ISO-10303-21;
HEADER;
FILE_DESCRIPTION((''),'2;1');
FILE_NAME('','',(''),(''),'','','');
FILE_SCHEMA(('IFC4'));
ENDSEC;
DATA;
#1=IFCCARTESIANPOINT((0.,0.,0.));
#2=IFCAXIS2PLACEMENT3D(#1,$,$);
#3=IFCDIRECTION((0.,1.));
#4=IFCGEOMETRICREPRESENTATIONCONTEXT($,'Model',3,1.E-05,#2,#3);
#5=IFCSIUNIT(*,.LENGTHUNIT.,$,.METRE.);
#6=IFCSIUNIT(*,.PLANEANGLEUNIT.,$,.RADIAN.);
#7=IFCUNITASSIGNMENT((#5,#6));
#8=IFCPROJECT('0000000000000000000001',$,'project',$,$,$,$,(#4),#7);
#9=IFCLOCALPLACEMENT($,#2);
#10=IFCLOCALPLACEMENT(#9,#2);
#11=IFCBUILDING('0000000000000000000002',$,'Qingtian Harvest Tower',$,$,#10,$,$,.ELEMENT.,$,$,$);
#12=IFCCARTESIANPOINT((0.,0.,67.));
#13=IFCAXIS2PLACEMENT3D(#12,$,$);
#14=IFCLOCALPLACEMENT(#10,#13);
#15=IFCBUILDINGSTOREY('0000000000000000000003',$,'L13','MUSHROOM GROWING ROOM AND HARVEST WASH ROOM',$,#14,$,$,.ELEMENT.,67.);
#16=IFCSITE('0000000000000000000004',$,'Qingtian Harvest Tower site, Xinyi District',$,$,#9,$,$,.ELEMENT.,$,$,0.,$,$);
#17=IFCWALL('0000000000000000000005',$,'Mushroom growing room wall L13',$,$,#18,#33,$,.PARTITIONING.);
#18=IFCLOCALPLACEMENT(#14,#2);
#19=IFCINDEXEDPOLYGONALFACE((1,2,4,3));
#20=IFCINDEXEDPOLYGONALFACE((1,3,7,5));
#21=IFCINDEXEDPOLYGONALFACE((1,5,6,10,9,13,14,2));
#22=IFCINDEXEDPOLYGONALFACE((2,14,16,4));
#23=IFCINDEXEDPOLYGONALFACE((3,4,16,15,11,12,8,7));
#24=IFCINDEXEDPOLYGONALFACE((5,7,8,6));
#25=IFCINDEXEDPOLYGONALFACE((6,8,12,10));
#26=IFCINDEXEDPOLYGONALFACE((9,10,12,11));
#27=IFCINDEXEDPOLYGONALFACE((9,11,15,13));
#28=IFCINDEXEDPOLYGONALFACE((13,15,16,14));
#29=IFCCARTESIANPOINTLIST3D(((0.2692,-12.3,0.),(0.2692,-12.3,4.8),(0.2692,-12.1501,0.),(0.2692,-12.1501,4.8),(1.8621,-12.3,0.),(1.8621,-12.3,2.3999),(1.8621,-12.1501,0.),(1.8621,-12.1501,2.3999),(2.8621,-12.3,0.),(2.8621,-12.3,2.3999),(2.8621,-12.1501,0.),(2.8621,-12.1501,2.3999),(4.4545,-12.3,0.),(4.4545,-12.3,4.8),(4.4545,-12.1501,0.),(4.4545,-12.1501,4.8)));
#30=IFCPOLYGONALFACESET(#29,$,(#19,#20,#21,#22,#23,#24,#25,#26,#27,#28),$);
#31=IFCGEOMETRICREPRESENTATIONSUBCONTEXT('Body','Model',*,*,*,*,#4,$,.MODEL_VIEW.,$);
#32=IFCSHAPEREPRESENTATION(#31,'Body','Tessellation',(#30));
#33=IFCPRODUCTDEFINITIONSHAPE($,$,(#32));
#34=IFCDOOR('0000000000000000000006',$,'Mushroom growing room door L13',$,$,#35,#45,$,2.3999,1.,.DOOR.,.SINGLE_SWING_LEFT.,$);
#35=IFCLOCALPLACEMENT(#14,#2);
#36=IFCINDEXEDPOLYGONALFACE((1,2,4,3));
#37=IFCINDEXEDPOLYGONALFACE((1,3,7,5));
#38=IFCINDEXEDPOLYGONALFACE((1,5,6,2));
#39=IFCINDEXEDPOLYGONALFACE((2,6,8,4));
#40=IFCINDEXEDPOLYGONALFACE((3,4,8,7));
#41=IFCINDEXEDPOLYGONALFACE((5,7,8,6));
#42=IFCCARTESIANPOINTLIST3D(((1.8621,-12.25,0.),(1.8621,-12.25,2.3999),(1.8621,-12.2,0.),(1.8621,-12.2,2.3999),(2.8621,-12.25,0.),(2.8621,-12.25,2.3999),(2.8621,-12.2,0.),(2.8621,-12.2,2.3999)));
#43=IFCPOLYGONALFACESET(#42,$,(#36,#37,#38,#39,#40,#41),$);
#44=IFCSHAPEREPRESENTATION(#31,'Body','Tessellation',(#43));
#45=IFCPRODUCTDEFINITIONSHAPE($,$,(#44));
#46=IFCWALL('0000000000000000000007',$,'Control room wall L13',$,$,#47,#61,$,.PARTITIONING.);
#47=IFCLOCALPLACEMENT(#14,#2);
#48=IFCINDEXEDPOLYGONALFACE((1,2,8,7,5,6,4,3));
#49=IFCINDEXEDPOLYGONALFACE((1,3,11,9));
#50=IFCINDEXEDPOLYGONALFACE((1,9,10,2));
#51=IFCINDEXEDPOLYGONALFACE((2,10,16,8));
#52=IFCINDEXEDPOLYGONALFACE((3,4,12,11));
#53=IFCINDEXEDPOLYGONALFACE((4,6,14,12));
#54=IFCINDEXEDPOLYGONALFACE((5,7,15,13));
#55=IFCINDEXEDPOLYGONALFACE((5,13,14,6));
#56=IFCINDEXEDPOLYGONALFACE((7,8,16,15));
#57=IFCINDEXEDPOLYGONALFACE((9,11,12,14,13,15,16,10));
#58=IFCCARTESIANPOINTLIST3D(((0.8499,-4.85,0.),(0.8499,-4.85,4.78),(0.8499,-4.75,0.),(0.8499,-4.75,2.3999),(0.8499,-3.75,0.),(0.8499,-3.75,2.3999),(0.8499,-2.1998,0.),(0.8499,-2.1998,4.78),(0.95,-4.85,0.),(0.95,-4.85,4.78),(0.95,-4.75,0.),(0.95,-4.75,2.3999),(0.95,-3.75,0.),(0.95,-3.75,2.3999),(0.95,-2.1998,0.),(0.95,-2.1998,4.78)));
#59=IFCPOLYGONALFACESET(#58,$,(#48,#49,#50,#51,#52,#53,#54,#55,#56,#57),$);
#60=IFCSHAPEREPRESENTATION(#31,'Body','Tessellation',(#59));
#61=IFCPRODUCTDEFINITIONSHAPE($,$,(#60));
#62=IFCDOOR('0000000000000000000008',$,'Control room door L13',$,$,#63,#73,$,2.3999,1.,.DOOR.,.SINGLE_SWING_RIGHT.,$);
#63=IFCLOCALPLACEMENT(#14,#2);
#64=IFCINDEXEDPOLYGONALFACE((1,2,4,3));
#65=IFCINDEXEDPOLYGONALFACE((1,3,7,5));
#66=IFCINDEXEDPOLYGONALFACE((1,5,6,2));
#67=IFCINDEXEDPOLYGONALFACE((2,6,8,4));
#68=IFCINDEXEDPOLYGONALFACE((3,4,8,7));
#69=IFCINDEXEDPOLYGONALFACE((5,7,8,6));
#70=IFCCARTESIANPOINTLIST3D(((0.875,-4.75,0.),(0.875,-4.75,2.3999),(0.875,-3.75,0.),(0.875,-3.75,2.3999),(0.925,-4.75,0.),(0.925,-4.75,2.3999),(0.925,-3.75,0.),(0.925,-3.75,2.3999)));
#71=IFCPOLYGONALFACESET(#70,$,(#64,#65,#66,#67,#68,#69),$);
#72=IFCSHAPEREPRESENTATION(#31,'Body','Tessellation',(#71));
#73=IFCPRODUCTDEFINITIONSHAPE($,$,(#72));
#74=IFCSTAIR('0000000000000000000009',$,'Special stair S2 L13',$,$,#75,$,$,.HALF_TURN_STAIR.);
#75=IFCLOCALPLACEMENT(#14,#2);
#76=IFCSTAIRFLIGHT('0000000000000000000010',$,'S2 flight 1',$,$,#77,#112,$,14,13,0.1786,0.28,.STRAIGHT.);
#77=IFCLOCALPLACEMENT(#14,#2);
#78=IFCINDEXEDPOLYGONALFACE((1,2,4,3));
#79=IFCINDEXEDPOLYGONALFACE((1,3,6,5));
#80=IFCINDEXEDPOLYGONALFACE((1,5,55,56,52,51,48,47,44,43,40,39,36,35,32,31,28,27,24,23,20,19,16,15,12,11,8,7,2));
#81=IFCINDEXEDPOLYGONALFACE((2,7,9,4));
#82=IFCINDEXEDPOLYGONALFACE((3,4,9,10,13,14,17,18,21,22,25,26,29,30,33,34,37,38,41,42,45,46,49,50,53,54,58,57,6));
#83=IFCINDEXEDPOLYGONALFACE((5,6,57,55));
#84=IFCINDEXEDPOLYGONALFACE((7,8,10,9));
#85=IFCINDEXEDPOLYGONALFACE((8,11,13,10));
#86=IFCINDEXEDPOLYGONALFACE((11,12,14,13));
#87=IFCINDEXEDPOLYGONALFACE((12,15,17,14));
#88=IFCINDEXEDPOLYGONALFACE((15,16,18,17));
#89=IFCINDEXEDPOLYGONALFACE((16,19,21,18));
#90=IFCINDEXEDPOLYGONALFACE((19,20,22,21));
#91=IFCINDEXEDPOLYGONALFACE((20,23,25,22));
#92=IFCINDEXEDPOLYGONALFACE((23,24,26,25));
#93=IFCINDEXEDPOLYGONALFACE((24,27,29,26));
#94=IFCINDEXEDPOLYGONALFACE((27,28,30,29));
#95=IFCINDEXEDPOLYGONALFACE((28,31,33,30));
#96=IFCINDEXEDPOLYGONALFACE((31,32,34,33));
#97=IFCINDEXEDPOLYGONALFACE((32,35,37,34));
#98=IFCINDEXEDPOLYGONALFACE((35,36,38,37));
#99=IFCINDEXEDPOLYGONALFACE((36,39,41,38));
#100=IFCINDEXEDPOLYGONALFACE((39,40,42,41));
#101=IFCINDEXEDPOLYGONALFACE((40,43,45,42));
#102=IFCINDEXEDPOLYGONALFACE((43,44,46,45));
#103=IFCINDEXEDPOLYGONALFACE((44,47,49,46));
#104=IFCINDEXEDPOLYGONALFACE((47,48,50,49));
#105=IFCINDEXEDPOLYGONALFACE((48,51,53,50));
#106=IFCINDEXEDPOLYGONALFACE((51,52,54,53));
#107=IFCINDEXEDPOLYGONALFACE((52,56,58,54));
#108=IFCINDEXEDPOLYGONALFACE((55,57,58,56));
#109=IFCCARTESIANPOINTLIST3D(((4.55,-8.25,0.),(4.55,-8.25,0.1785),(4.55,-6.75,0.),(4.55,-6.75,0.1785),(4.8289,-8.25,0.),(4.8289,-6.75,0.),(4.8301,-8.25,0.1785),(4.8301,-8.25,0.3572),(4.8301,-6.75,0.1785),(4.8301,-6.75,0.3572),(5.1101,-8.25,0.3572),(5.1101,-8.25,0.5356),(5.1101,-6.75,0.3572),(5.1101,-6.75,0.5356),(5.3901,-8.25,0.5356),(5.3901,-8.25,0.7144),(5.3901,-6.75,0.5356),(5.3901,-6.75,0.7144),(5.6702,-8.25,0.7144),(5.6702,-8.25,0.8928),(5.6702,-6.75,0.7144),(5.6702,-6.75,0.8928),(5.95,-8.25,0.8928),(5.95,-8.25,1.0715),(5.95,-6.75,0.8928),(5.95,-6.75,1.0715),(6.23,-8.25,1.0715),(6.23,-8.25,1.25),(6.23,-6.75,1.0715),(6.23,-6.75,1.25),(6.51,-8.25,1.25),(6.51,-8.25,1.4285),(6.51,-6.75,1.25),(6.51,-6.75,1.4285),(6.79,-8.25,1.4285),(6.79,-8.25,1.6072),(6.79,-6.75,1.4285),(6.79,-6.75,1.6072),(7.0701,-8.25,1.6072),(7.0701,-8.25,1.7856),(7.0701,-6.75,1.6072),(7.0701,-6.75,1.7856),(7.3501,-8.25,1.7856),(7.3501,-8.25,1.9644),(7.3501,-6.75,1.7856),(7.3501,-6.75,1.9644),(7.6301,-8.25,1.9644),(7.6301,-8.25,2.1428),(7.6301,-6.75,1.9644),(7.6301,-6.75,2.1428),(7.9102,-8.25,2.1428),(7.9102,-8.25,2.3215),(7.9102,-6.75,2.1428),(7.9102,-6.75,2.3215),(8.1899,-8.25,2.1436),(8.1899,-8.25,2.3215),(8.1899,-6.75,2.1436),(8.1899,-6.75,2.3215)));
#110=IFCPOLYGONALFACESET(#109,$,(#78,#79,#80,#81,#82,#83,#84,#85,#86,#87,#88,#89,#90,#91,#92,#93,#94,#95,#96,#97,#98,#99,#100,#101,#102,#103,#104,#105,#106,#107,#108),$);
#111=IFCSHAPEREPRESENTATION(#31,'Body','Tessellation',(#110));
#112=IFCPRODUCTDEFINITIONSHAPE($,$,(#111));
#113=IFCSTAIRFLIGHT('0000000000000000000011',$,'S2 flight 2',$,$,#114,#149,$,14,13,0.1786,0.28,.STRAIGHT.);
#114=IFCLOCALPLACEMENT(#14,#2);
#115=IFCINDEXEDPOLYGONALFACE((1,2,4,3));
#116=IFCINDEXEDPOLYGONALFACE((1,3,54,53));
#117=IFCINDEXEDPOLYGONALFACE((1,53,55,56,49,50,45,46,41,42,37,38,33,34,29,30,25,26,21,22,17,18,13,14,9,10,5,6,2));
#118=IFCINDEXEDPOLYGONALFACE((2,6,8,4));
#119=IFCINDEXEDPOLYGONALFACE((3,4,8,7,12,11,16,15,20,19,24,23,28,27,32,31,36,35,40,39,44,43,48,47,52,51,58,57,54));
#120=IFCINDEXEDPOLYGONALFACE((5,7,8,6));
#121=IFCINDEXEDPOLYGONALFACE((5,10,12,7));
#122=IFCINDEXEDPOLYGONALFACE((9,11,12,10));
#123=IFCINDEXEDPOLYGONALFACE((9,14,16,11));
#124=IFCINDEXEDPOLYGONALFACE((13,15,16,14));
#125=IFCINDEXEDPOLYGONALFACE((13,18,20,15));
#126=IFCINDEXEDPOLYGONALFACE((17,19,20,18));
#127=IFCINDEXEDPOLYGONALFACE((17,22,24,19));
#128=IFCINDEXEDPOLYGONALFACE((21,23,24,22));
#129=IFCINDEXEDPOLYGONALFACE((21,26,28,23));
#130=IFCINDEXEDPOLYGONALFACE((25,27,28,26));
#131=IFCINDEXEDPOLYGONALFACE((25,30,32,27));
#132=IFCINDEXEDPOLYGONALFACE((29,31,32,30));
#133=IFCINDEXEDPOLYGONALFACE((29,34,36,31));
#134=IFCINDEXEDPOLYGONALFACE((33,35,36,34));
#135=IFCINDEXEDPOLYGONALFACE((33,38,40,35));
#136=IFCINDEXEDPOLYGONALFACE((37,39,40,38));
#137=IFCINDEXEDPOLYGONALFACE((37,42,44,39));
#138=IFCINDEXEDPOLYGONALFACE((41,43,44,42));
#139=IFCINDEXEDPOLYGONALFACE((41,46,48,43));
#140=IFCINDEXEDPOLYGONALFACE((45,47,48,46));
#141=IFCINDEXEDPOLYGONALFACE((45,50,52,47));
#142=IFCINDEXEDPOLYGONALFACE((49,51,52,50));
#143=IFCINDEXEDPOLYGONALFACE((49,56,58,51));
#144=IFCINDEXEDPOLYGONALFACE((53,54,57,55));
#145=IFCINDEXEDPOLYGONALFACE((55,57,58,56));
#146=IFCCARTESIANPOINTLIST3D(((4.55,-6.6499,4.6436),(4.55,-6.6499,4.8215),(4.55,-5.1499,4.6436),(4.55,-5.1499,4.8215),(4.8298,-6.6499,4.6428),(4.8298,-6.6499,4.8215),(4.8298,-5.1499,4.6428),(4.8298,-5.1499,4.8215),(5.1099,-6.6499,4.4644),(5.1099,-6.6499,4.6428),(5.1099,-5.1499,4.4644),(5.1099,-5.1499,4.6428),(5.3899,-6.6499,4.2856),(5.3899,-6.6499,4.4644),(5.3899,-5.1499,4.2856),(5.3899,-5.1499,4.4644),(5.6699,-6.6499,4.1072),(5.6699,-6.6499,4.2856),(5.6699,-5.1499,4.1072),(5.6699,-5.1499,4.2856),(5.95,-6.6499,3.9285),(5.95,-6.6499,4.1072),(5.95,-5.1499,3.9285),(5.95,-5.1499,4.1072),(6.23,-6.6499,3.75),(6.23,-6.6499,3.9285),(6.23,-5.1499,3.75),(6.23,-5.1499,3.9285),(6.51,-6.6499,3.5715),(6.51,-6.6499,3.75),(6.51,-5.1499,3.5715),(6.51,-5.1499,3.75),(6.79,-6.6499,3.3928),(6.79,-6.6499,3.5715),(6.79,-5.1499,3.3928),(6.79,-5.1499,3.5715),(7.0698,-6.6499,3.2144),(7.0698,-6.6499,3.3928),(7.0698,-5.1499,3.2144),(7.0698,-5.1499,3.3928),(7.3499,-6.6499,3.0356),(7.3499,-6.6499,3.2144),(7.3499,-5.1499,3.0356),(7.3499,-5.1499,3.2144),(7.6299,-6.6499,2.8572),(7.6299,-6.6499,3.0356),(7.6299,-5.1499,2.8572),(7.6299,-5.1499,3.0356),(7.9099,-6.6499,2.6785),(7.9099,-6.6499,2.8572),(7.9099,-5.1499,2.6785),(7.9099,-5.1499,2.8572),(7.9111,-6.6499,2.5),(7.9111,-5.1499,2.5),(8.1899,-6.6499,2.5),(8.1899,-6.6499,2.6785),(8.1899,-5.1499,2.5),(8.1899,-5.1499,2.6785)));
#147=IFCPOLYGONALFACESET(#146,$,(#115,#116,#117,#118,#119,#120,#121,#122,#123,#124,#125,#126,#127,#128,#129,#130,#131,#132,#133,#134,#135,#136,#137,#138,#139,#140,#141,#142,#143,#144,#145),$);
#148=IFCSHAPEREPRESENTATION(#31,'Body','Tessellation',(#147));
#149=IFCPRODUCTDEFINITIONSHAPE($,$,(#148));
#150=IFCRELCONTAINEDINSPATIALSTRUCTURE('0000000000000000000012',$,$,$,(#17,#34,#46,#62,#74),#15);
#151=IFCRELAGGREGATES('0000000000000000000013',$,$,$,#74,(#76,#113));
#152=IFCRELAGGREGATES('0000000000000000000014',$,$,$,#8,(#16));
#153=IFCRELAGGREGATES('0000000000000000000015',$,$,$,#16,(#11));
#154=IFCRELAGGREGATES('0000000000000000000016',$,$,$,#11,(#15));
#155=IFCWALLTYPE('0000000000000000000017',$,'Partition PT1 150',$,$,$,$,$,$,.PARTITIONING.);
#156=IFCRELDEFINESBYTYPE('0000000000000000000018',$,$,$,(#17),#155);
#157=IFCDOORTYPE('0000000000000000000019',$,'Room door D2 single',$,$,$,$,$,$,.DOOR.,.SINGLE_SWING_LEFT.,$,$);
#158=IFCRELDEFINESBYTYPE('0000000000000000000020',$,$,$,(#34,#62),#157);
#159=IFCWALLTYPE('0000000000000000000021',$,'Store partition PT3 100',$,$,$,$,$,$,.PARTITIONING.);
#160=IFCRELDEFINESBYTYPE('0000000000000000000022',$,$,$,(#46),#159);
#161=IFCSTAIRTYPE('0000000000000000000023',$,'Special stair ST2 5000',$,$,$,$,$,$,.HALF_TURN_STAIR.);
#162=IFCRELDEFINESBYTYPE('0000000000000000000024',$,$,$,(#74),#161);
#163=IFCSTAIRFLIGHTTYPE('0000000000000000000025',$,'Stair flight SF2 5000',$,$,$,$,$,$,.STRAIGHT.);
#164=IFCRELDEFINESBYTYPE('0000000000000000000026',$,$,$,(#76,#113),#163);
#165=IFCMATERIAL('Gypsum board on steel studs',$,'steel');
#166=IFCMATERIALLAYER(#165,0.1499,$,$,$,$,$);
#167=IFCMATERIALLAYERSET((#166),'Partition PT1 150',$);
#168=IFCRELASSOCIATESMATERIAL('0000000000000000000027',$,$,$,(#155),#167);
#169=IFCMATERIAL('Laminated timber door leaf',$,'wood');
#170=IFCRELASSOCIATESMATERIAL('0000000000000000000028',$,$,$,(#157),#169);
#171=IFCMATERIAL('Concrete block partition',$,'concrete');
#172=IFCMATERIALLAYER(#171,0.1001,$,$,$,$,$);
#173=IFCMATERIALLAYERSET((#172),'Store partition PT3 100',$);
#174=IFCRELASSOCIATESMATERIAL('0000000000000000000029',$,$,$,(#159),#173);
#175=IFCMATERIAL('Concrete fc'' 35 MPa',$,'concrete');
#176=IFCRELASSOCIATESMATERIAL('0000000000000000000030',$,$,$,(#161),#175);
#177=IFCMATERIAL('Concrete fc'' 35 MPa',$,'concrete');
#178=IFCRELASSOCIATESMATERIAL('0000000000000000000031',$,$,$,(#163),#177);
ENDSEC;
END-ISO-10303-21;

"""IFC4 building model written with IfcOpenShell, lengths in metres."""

from ifc_helpers import new_model, si_unit, direction, frame, frame_2d, origin, place, context, subcontext, project, spatial, polyline, rectangle, outline, extrude, material, layer, layer_set, type_object, element, fill, aggregate, save


model = new_model("IFC4")

# Units and contexts
model_context = context("Model", 3, precision=1e-05, world=origin(), true_north=direction((0.0, 1.0)))
body_context = subcontext(model_context, "Body", "Model", "MODEL_VIEW")
ifc_project = project(units=[si_unit("LENGTHUNIT", "METRE"), si_unit("PLANEANGLEUNIT", "RADIAN")], contexts=[model_context])

# Site, building, storey
site_placement = place(None, origin())
site = spatial("IfcSite", under=ifc_project, at=site_placement, Name="Qingtian Harvest Tower site, Xinyi District", CompositionType="ELEMENT", RefElevation=0.0)
building_placement = place(site_placement, origin())
building = spatial("IfcBuilding", under=site, at=building_placement, Name="Qingtian Harvest Tower", CompositionType="ELEMENT")
storey_placement = place(building_placement, frame((0.0, 0.0, 67.0)))
storey = spatial("IfcBuildingStorey", under=building, at=storey_placement, Name="L13", Description="MUSHROOM GROWING ROOM AND HARVEST WASH ROOM", CompositionType="ELEMENT", Elevation=67.0)

# Walls, openings, doors
ifc_material_1 = material(Name="Gypsum board on steel studs", Category="steel")
ifc_layer_1 = layer(ifc_material_1, 0.1499)
ifc_layer_set_1 = layer_set([ifc_layer_1], Name="Partition PT1 150")
wall_type_1 = type_object("IfcWallType", Name="Partition PT1 150", PredefinedType="PARTITIONING", material=ifc_layer_set_1)
ifc_material_2 = material(Name="Laminated timber door leaf", Category="wood")
door_type_1 = type_object("IfcDoorType", Name="Room door D2 single", OperationType="SINGLE_SWING_LEFT", PredefinedType="DOOR", material=ifc_material_2)
wall_1_placement = place(storey_placement, frame((4.4546, -12.2251, 0.0), z_axis=(0.0, 0.0, 1.0), x_axis=(-1.0, 0.0, 0.0)))
wall_1 = element("IfcWall", 1, at=wall_1_placement, inside=storey, type_object=wall_type_1, Name="Mushroom growing room wall L13", PredefinedType="PARTITIONING", context=body_context, shape_type="SweptSolid", body=[
    extrude(rectangle(XDim=4.1853, YDim=0.1499, at=frame_2d((2.0928, 0.0))), origin(), (0.0, 0.0, 1.0), 4.8),
])
opening_1_placement = place(wall_1_placement, frame((1.5925, 0.0, 0.0)))
opening_1 = element("IfcOpeningElement", 2, at=opening_1_placement, cuts=wall_1, PredefinedType="OPENING", context=body_context, shape_type="SweptSolid", body=[
    extrude(rectangle(XDim=1.0, YDim=2.3999, at=frame_2d((0.5, 1.2))), frame((0.0, 0.085, 0.0), z_axis=(0.0, -1.0, 0.0), x_axis=(1.0, 0.0, 0.0)), (0.0, 0.0, 1.0), 0.1699),
])
door_1_placement = place(opening_1_placement, origin())
door_1 = element("IfcDoor", 3, at=door_1_placement, inside=storey, type_object=door_type_1, Name="Mushroom growing room door L13", OperationType="SINGLE_SWING_LEFT", OverallHeight=2.3999, OverallWidth=1.0, PredefinedType="DOOR", context=body_context, shape_type="SweptSolid", body=[
    extrude(rectangle(XDim=1.0, YDim=2.3999, at=frame_2d((0.5, 1.2))), frame((0.0, 0.0249, 0.0), z_axis=(0.0, -1.0, 0.0), x_axis=(1.0, 0.0, 0.0)), (0.0, 0.0, 1.0), 0.05),
])
fill(opening_1, door_1)
ifc_material_3 = material(Name="Concrete block partition", Category="concrete")
ifc_layer_2 = layer(ifc_material_3, 0.1001)
ifc_layer_set_2 = layer_set([ifc_layer_2], Name="Store partition PT3 100")
wall_type_2 = type_object("IfcWallType", Name="Store partition PT3 100", PredefinedType="PARTITIONING", material=ifc_layer_set_2)
wall_2_placement = place(storey_placement, frame((0.8999, -4.8501, 0.0), z_axis=(0.0, 0.0, 1.0), x_axis=(0.0, 1.0, 0.0)))
wall_2 = element("IfcWall", 4, at=wall_2_placement, inside=storey, type_object=wall_type_2, Name="Control room wall L13", PredefinedType="PARTITIONING", context=body_context, shape_type="SweptSolid", body=[
    extrude(rectangle(XDim=2.6501, YDim=0.1001, at=frame_2d((1.3252, 0.0))), origin(), (0.0, 0.0, 1.0), 4.78),
])
opening_2_placement = place(wall_2_placement, frame((0.1001, 0.0, 0.0)))
opening_2 = element("IfcOpeningElement", 5, at=opening_2_placement, cuts=wall_2, PredefinedType="OPENING", context=body_context, shape_type="SweptSolid", body=[
    extrude(rectangle(XDim=1.0, YDim=2.3999, at=frame_2d((0.5, 1.2))), frame((0.0, 0.0601, 0.0), z_axis=(0.0, -1.0, 0.0), x_axis=(1.0, 0.0, 0.0)), (0.0, 0.0, 1.0), 0.1201),
])
door_2_placement = place(opening_2_placement, origin())
door_2 = element("IfcDoor", 6, at=door_2_placement, inside=storey, type_object=door_type_1, Name="Control room door L13", OperationType="SINGLE_SWING_RIGHT", OverallHeight=2.3999, OverallWidth=1.0, PredefinedType="DOOR", context=body_context, shape_type="SweptSolid", body=[
    extrude(rectangle(XDim=1.0, YDim=2.3999, at=frame_2d((0.5, 1.2))), frame((0.0, 0.0249, 0.0), z_axis=(0.0, -1.0, 0.0), x_axis=(1.0, 0.0, 0.0)), (0.0, 0.0, 1.0), 0.05),
])
fill(opening_2, door_2)

# Stair, stair flights
ifc_material_4 = material(Name="Concrete fc' 35 MPa", Category="concrete")
stair_type = type_object("IfcStairType", Name="Special stair ST2 5000", PredefinedType="HALF_TURN_STAIR", material=ifc_material_4)
stair_placement = place(storey_placement, origin())
stair = element("IfcStair", 7, at=stair_placement, inside=storey, type_object=stair_type, Name="Special stair S2 L13", PredefinedType="HALF_TURN_STAIR")
ifc_material_5 = material(Name="Concrete fc' 35 MPa", Category="concrete")
stair_flight_type = type_object("IfcStairFlightType", Name="Stair flight SF2 5000", PredefinedType="STRAIGHT", material=ifc_material_5)
stair_flight_1_placement = place(storey_placement, frame((4.55, -7.5, 0.0), z_axis=(0.0, 0.0, 1.0), x_axis=(1.0, 0.0, 0.0)))
stair_flight_1 = element("IfcStairFlight", 8, at=stair_flight_1_placement, type_object=stair_flight_type, Name="S2 flight 1", NumberOfRisers=14, NumberOfTreads=13, PredefinedType="STRAIGHT", RiserHeight=0.1786, TreadLength=0.28, context=body_context, shape_type="SweptSolid", body=[
    extrude(outline(polyline([(0.0, 0.0), (0.0, 0.1785), (0.28, 0.1785), (0.28, 0.3572), (0.5601, 0.3572), (0.5601, 0.5356), (0.8401, 0.5356), (0.8401, 0.7144), (1.1201, 0.7144), (1.1201, 0.8928), (1.3999, 0.8928), (1.3999, 1.0715), (1.6799, 1.0715), (1.6799, 1.25), (1.96, 1.25), (1.96, 1.4285), (2.24, 1.4285), (2.24, 1.6072), (2.52, 1.6072), (2.52, 1.7856), (2.8, 1.7856), (2.8, 1.9644), (3.0801, 1.9644), (3.0801, 2.1428), (3.3601, 2.1428), (3.3601, 2.3215), (3.6399, 2.3215), (3.6399, 2.5), (3.6399, 2.1436), (0.2788, 0.0), (0.0, 0.0)])), frame((0.0, 0.75, 0.0), z_axis=(0.0, -1.0, 0.0), x_axis=(1.0, 0.0, 0.0)), (0.0, 0.0, 1.0), 1.5),
])
stair_flight_2_placement = place(storey_placement, frame((8.1899, -5.8999, 2.5), z_axis=(0.0, 0.0, 1.0), x_axis=(-1.0, 0.0, 0.0)))
stair_flight_2 = element("IfcStairFlight", 9, at=stair_flight_2_placement, type_object=stair_flight_type, Name="S2 flight 2", NumberOfRisers=14, NumberOfTreads=13, PredefinedType="STRAIGHT", RiserHeight=0.1786, TreadLength=0.28, context=body_context, shape_type="SweptSolid", body=[
    extrude(outline(polyline([(0.0, 0.0), (0.0, 0.1785), (0.28, 0.1785), (0.28, 0.3572), (0.5601, 0.3572), (0.5601, 0.5356), (0.8401, 0.5356), (0.8401, 0.7144), (1.1201, 0.7144), (1.1201, 0.8928), (1.3999, 0.8928), (1.3999, 1.0715), (1.6799, 1.0715), (1.6799, 1.25), (1.96, 1.25), (1.96, 1.4285), (2.24, 1.4285), (2.24, 1.6072), (2.52, 1.6072), (2.52, 1.7856), (2.8, 1.7856), (2.8, 1.9644), (3.0801, 1.9644), (3.0801, 2.1428), (3.3601, 2.1428), (3.3601, 2.3215), (3.6399, 2.3215), (3.6399, 2.5), (3.6399, 2.1436), (0.2788, 0.0), (0.0, 0.0)])), frame((0.0, 0.75, 0.0), z_axis=(0.0, -1.0, 0.0), x_axis=(1.0, 0.0, 0.0)), (0.0, 0.0, 1.0), 1.5),
])
aggregate(stair, [stair_flight_1, stair_flight_2])

save(model, "model.ifc")
